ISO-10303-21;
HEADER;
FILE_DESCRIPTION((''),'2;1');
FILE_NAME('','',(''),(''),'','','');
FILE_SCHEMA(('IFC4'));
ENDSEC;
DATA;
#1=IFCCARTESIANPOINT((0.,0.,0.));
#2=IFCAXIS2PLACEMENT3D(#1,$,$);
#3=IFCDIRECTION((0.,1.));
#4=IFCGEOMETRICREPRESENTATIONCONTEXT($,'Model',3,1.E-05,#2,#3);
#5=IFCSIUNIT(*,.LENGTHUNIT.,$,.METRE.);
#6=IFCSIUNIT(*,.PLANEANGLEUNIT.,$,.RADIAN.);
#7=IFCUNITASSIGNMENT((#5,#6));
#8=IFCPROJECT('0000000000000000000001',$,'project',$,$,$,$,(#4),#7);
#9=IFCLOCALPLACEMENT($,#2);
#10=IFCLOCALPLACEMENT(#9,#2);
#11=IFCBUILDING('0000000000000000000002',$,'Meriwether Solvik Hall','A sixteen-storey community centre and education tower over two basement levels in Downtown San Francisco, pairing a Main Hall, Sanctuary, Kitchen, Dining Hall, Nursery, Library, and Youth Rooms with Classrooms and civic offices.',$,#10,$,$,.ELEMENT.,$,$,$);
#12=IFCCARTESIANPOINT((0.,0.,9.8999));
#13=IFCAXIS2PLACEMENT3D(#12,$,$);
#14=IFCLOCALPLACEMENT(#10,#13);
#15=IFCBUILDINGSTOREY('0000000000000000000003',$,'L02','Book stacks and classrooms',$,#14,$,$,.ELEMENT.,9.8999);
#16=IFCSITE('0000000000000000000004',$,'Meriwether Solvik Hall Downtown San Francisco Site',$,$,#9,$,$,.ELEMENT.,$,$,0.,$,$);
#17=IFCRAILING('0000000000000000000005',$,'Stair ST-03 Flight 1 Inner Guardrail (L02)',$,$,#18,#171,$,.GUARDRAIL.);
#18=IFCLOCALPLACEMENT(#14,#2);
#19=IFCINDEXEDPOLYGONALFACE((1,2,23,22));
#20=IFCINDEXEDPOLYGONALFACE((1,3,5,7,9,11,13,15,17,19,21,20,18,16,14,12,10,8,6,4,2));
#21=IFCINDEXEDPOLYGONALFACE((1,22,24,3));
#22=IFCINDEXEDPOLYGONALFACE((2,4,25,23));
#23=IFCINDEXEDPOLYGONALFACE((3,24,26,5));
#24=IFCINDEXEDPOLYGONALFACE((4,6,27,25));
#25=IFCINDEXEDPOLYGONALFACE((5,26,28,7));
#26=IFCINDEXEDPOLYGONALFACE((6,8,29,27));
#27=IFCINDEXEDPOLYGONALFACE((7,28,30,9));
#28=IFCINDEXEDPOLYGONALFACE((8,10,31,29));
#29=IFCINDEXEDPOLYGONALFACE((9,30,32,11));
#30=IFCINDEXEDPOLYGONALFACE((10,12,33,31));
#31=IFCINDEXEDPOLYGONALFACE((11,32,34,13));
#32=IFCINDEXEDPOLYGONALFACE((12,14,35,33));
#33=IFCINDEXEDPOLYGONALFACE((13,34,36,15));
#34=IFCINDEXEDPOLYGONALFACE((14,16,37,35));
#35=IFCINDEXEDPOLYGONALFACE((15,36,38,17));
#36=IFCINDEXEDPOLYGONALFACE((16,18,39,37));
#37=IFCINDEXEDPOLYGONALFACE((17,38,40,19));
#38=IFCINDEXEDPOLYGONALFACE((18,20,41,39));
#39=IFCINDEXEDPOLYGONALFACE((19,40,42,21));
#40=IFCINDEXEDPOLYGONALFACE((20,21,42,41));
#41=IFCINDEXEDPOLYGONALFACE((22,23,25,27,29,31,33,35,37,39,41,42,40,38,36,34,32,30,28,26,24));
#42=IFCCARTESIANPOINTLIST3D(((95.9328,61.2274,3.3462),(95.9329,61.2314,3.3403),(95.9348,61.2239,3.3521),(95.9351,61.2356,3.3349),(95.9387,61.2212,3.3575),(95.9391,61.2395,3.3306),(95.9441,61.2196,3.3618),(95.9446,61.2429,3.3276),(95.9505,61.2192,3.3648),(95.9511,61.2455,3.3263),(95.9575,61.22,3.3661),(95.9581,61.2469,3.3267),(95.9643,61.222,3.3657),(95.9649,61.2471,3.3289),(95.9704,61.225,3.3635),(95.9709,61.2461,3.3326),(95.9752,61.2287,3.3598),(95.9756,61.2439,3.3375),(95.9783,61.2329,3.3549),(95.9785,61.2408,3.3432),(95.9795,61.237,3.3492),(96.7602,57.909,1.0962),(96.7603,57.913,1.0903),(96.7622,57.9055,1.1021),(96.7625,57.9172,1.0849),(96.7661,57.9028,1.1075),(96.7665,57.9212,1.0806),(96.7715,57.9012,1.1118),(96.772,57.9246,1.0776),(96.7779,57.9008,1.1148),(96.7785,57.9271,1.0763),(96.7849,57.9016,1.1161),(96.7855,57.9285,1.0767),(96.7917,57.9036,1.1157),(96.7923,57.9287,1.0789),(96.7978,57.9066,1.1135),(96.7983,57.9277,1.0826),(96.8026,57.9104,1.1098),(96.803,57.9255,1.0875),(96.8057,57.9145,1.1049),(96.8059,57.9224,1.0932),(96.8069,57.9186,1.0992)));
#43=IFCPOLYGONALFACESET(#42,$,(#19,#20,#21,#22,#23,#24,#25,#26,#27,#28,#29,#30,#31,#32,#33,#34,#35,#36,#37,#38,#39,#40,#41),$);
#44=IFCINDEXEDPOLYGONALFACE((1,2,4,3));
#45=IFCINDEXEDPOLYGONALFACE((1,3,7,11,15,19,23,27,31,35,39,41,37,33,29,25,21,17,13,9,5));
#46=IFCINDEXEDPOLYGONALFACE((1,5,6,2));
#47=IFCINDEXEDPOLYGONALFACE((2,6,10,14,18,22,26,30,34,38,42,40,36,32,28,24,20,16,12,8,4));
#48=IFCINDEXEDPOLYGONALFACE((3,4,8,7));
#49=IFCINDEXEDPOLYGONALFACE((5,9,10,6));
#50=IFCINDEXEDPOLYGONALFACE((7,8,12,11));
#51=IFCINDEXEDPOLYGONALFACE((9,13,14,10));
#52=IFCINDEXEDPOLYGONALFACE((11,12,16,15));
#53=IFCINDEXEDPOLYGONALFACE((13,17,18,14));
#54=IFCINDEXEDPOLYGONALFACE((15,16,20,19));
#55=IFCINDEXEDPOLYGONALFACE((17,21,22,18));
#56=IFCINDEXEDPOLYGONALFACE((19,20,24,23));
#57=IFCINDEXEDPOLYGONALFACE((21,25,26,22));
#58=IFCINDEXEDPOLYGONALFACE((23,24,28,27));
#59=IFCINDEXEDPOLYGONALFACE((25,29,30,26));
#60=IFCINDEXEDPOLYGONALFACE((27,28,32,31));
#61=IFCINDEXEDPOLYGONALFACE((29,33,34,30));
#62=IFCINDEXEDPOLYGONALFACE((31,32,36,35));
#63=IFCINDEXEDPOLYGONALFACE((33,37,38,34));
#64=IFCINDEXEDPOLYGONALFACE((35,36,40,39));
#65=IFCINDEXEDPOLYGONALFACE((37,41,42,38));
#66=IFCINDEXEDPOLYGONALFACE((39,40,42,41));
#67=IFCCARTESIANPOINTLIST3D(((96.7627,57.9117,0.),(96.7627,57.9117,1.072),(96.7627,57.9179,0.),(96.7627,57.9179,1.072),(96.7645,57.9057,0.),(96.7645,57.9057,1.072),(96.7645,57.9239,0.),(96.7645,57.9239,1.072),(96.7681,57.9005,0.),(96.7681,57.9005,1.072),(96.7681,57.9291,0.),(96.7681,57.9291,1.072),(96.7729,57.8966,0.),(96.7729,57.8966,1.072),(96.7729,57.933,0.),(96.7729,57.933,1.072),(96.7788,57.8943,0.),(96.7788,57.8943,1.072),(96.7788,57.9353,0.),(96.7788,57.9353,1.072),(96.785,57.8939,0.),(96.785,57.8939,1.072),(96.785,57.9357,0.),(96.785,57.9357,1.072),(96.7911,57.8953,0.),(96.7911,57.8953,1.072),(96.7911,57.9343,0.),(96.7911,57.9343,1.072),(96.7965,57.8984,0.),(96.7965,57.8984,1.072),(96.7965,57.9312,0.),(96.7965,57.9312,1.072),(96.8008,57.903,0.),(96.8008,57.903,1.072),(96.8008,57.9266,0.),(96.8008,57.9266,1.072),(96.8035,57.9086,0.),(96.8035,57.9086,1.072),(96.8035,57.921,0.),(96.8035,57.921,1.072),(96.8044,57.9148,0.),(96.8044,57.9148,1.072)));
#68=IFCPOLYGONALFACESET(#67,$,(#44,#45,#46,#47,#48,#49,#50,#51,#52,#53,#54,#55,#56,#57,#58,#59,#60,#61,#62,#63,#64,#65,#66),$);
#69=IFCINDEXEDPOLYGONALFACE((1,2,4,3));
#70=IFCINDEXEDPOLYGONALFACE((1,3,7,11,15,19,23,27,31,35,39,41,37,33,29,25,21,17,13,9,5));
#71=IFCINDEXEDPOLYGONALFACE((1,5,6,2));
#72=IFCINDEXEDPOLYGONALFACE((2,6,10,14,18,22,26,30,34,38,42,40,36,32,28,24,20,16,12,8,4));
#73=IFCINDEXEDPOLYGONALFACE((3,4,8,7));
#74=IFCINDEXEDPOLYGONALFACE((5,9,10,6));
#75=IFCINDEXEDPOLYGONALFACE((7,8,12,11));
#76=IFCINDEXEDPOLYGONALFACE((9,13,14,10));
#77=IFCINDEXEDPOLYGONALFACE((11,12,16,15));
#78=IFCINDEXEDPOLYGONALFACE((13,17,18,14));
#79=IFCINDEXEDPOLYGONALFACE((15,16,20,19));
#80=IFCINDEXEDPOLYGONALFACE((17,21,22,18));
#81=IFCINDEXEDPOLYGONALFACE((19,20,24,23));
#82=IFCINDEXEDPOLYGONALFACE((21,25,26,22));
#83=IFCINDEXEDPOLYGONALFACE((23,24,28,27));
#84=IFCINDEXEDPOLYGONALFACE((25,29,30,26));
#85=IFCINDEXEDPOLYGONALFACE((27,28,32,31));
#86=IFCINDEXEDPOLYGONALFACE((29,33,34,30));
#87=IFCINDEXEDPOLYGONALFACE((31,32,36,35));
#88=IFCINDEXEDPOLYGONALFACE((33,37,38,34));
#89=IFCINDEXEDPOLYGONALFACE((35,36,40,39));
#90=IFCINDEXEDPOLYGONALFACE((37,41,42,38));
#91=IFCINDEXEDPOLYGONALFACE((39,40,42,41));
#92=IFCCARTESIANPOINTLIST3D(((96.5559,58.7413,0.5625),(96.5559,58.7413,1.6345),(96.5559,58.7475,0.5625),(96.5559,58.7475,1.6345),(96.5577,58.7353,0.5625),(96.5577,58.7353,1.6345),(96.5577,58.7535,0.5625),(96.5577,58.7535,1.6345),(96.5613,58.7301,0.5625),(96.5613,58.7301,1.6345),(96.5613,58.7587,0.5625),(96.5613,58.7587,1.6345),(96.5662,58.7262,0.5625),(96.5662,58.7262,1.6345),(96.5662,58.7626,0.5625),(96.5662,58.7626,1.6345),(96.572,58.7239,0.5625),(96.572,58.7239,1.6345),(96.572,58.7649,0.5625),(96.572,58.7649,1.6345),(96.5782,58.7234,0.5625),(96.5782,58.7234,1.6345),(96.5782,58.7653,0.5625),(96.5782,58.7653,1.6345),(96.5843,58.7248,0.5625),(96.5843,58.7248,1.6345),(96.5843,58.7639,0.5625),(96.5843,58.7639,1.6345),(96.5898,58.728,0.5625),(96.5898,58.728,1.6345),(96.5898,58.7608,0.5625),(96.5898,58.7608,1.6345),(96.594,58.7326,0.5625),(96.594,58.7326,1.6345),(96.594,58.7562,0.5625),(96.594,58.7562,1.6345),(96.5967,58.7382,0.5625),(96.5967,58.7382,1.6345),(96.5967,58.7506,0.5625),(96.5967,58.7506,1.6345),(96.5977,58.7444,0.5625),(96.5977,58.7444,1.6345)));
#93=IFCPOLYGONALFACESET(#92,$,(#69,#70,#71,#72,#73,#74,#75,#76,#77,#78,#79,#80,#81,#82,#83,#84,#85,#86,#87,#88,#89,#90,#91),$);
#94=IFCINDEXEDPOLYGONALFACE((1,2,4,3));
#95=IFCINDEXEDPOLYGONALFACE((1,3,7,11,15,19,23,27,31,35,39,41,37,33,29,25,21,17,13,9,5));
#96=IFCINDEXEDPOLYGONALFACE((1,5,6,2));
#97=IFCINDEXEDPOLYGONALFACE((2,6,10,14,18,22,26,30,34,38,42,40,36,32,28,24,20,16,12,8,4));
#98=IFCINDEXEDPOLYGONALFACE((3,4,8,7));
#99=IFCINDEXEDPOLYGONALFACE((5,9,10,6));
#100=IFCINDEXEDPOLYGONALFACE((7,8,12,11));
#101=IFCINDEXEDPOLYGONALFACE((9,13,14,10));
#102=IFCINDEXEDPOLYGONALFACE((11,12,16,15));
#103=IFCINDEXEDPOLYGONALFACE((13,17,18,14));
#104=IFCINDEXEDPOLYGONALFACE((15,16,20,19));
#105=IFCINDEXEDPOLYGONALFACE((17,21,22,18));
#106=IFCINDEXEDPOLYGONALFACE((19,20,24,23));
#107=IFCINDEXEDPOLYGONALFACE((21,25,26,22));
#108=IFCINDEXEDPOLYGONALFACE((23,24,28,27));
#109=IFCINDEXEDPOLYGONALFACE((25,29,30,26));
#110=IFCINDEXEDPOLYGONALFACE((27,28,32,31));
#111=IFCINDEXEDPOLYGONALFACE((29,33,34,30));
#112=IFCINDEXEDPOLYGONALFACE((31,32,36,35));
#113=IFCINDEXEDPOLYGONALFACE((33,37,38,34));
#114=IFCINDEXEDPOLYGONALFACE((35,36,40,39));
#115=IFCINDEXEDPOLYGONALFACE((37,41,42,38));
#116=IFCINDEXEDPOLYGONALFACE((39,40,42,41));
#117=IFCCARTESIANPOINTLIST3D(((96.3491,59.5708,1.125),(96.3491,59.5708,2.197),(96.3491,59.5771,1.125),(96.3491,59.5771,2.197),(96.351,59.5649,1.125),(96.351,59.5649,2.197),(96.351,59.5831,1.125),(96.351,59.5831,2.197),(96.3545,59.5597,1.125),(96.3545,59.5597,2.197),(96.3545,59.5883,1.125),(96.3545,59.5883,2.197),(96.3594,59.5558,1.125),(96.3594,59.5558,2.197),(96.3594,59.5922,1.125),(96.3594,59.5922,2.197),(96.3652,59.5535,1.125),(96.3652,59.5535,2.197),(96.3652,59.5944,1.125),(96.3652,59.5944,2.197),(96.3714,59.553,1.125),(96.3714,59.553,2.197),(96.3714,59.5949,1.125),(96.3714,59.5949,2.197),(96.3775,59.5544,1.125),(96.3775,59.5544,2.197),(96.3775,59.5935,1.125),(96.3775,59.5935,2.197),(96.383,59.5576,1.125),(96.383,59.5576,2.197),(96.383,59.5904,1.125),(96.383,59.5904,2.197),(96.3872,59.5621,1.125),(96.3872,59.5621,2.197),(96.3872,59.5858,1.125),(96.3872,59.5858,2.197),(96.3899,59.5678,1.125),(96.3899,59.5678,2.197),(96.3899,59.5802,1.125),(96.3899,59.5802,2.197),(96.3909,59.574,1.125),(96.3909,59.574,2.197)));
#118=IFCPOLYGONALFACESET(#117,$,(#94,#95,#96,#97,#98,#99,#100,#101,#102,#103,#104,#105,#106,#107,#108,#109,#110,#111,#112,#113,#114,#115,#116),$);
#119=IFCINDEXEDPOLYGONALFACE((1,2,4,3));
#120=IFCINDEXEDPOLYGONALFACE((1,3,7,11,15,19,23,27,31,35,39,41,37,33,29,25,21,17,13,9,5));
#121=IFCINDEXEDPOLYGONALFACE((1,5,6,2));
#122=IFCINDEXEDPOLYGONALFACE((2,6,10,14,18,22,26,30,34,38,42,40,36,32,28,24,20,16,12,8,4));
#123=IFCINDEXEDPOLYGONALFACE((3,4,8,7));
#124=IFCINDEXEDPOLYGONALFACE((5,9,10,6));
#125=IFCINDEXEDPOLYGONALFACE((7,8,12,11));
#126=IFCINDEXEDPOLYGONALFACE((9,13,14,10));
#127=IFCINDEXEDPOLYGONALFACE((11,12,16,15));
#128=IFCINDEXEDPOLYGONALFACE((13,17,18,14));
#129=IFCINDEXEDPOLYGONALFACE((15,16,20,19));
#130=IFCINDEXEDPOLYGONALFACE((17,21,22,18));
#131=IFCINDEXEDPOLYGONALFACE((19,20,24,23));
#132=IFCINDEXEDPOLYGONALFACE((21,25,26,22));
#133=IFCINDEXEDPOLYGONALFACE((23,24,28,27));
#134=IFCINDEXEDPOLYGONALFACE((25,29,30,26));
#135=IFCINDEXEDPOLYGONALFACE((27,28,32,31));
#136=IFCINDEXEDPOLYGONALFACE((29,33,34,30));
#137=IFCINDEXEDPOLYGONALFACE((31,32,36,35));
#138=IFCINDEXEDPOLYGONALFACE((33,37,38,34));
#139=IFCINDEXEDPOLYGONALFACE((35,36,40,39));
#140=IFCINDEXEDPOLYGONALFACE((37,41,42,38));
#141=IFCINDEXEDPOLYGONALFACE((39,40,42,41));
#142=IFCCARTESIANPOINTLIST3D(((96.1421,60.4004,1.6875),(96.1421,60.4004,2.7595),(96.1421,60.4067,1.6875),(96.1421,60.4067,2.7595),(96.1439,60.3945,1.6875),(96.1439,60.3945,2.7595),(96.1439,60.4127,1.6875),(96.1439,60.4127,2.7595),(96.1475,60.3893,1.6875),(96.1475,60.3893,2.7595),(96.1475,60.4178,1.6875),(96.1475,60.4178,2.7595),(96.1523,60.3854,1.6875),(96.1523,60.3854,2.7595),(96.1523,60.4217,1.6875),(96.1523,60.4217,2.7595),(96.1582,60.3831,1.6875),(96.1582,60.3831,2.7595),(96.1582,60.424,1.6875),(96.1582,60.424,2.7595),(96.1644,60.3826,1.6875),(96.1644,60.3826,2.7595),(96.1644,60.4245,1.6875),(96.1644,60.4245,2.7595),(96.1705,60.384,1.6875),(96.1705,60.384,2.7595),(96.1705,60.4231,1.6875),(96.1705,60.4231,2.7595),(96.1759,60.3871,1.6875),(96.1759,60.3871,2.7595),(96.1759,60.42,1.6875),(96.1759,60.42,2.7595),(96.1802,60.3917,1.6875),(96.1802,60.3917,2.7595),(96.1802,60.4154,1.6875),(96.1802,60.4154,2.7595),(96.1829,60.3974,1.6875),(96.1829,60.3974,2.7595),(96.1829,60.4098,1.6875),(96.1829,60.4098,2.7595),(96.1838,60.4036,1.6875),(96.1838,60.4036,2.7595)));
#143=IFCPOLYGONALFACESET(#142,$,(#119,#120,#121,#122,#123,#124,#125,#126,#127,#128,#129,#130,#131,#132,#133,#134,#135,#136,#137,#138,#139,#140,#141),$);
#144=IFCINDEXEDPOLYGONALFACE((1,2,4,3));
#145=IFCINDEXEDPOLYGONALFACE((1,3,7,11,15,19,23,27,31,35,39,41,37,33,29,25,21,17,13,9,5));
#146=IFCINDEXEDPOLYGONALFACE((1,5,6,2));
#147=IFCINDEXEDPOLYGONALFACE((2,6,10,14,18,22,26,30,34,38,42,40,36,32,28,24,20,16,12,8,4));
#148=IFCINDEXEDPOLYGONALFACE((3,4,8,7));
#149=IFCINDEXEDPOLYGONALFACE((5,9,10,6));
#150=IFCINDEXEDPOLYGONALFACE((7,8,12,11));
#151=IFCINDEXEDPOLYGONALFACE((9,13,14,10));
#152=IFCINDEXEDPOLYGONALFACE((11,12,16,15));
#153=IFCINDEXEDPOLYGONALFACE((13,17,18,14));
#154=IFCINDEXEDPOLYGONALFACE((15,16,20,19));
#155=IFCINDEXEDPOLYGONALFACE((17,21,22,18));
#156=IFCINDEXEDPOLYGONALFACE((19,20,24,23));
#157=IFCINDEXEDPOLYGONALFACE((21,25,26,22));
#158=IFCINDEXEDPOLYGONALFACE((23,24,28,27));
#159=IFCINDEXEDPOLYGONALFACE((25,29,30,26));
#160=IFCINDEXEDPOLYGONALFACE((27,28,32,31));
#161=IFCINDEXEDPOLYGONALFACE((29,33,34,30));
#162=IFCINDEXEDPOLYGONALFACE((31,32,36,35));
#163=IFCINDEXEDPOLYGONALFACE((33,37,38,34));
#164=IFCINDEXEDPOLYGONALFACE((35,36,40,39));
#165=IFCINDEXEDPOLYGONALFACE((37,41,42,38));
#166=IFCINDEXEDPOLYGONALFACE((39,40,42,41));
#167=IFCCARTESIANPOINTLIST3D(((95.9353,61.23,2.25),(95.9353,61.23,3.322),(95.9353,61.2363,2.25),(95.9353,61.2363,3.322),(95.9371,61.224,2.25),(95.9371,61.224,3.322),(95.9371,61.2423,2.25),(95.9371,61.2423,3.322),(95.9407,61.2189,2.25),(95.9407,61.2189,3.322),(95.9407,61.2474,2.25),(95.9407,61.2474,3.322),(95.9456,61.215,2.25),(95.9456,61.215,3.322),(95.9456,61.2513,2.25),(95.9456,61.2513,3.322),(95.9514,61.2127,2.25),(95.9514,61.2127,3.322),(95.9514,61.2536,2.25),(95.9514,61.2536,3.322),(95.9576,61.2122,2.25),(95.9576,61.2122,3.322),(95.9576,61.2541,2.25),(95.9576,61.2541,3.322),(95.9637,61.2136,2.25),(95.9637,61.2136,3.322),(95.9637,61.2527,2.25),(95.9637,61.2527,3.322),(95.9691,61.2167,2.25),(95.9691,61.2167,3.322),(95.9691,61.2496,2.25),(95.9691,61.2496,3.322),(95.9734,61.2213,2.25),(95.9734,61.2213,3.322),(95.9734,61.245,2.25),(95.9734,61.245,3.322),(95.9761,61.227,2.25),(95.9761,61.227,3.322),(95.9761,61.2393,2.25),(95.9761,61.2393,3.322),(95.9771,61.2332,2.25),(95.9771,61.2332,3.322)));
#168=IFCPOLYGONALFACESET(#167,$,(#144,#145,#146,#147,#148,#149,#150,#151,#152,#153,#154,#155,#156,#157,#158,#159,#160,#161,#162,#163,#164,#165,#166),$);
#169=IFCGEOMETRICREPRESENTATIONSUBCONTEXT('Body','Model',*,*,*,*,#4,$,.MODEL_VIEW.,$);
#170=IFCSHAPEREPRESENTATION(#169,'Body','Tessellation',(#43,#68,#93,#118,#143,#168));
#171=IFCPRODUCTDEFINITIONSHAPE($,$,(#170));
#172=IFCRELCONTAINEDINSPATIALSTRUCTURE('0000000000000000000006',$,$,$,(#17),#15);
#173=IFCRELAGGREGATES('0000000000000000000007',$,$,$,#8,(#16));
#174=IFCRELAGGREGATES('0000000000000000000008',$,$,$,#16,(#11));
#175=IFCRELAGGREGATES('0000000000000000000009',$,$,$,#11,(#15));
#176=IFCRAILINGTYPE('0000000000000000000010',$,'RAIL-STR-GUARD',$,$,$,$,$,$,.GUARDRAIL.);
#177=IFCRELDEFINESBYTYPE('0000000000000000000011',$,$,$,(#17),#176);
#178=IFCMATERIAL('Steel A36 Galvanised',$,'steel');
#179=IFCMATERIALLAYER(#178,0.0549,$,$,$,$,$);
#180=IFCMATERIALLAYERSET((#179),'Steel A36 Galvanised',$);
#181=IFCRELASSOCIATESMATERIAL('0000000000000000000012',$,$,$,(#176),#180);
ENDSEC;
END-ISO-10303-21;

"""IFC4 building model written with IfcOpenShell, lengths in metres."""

from ifc_helpers import new_model, si_unit, direction, frame, origin, origin_2d, place, context, subcontext, project, spatial, circle, extrude, material, layer, layer_set, type_object, element, save


model = new_model("IFC4")

# Units and contexts
model_context = context("Model", 3, precision=1e-05, world=origin(), true_north=direction((0.0, 1.0)))
body_context = subcontext(model_context, "Body", "Model", "MODEL_VIEW")
ifc_project = project(units=[si_unit("LENGTHUNIT", "METRE"), si_unit("PLANEANGLEUNIT", "RADIAN")], contexts=[model_context])

# Site, building, storey
site_placement = place(None, origin())
site = spatial("IfcSite", under=ifc_project, at=site_placement, Name="Meriwether Solvik Hall Downtown San Francisco Site", CompositionType="ELEMENT", RefElevation=0.0)
building_placement = place(site_placement, origin())
building = spatial("IfcBuilding", under=site, at=building_placement, Name="Meriwether Solvik Hall", Description="A sixteen-storey community centre and education tower over two basement levels in Downtown San Francisco, pairing a Main Hall, Sanctuary, Kitchen, Dining Hall, Nursery, Library, and Youth Rooms with Classrooms and civic offices.", CompositionType="ELEMENT")
storey_placement = place(building_placement, frame((0.0, 0.0, 9.8999)))
storey = spatial("IfcBuildingStorey", under=building, at=storey_placement, Name="L02", Description="Book stacks and classrooms", CompositionType="ELEMENT", Elevation=9.8999)

# Railing
ifc_material_1 = material(Name="Steel A36 Galvanised", Category="steel")
ifc_layer_1 = layer(ifc_material_1, 0.0549)
ifc_layer_set_1 = layer_set([ifc_layer_1], Name="Steel A36 Galvanised")
railing_type_1 = type_object("IfcRailingType", Name="RAIL-STR-GUARD", PredefinedType="GUARDRAIL", material=ifc_layer_set_1)
railing_1_placement = place(storey_placement, frame((96.7834, 57.9148, 0.0)))
element("IfcRailing", 1, at=railing_1_placement, inside=storey, type_object=railing_type_1, Name="Stair ST-03 Flight 1 Inner Guardrail (L02)", PredefinedType="GUARDRAIL", context=body_context, shape_type="SweptSolid", body=[
    extrude(circle(Radius=0.0239, at=origin_2d()), frame((0.0, 0.0, 1.0962), z_axis=(-0.202112, 0.810596, 0.549622), x_axis=(-0.970293, -0.241931, 0.0)), (0.0, 0.0, 1.0), 4.0938),
    extrude(circle(Radius=0.021, at=origin_2d()), origin(), (0.0, 0.0, 1.0), 1.072),
    extrude(circle(Radius=0.021, at=origin_2d()), frame((-0.2068, 0.8296, 0.5625)), (0.0, 0.0, 1.0), 1.072),
    extrude(circle(Radius=0.021, at=origin_2d()), frame((-0.4136, 1.6592, 1.125)), (0.0, 0.0, 1.0), 1.072),
    extrude(circle(Radius=0.021, at=origin_2d()), frame((-0.6206, 2.4888, 1.6875)), (0.0, 0.0, 1.0), 1.072),
    extrude(circle(Radius=0.021, at=origin_2d()), frame((-0.8274, 3.3184, 2.25)), (0.0, 0.0, 1.0), 1.072),
])

save(model, "model.ifc")
